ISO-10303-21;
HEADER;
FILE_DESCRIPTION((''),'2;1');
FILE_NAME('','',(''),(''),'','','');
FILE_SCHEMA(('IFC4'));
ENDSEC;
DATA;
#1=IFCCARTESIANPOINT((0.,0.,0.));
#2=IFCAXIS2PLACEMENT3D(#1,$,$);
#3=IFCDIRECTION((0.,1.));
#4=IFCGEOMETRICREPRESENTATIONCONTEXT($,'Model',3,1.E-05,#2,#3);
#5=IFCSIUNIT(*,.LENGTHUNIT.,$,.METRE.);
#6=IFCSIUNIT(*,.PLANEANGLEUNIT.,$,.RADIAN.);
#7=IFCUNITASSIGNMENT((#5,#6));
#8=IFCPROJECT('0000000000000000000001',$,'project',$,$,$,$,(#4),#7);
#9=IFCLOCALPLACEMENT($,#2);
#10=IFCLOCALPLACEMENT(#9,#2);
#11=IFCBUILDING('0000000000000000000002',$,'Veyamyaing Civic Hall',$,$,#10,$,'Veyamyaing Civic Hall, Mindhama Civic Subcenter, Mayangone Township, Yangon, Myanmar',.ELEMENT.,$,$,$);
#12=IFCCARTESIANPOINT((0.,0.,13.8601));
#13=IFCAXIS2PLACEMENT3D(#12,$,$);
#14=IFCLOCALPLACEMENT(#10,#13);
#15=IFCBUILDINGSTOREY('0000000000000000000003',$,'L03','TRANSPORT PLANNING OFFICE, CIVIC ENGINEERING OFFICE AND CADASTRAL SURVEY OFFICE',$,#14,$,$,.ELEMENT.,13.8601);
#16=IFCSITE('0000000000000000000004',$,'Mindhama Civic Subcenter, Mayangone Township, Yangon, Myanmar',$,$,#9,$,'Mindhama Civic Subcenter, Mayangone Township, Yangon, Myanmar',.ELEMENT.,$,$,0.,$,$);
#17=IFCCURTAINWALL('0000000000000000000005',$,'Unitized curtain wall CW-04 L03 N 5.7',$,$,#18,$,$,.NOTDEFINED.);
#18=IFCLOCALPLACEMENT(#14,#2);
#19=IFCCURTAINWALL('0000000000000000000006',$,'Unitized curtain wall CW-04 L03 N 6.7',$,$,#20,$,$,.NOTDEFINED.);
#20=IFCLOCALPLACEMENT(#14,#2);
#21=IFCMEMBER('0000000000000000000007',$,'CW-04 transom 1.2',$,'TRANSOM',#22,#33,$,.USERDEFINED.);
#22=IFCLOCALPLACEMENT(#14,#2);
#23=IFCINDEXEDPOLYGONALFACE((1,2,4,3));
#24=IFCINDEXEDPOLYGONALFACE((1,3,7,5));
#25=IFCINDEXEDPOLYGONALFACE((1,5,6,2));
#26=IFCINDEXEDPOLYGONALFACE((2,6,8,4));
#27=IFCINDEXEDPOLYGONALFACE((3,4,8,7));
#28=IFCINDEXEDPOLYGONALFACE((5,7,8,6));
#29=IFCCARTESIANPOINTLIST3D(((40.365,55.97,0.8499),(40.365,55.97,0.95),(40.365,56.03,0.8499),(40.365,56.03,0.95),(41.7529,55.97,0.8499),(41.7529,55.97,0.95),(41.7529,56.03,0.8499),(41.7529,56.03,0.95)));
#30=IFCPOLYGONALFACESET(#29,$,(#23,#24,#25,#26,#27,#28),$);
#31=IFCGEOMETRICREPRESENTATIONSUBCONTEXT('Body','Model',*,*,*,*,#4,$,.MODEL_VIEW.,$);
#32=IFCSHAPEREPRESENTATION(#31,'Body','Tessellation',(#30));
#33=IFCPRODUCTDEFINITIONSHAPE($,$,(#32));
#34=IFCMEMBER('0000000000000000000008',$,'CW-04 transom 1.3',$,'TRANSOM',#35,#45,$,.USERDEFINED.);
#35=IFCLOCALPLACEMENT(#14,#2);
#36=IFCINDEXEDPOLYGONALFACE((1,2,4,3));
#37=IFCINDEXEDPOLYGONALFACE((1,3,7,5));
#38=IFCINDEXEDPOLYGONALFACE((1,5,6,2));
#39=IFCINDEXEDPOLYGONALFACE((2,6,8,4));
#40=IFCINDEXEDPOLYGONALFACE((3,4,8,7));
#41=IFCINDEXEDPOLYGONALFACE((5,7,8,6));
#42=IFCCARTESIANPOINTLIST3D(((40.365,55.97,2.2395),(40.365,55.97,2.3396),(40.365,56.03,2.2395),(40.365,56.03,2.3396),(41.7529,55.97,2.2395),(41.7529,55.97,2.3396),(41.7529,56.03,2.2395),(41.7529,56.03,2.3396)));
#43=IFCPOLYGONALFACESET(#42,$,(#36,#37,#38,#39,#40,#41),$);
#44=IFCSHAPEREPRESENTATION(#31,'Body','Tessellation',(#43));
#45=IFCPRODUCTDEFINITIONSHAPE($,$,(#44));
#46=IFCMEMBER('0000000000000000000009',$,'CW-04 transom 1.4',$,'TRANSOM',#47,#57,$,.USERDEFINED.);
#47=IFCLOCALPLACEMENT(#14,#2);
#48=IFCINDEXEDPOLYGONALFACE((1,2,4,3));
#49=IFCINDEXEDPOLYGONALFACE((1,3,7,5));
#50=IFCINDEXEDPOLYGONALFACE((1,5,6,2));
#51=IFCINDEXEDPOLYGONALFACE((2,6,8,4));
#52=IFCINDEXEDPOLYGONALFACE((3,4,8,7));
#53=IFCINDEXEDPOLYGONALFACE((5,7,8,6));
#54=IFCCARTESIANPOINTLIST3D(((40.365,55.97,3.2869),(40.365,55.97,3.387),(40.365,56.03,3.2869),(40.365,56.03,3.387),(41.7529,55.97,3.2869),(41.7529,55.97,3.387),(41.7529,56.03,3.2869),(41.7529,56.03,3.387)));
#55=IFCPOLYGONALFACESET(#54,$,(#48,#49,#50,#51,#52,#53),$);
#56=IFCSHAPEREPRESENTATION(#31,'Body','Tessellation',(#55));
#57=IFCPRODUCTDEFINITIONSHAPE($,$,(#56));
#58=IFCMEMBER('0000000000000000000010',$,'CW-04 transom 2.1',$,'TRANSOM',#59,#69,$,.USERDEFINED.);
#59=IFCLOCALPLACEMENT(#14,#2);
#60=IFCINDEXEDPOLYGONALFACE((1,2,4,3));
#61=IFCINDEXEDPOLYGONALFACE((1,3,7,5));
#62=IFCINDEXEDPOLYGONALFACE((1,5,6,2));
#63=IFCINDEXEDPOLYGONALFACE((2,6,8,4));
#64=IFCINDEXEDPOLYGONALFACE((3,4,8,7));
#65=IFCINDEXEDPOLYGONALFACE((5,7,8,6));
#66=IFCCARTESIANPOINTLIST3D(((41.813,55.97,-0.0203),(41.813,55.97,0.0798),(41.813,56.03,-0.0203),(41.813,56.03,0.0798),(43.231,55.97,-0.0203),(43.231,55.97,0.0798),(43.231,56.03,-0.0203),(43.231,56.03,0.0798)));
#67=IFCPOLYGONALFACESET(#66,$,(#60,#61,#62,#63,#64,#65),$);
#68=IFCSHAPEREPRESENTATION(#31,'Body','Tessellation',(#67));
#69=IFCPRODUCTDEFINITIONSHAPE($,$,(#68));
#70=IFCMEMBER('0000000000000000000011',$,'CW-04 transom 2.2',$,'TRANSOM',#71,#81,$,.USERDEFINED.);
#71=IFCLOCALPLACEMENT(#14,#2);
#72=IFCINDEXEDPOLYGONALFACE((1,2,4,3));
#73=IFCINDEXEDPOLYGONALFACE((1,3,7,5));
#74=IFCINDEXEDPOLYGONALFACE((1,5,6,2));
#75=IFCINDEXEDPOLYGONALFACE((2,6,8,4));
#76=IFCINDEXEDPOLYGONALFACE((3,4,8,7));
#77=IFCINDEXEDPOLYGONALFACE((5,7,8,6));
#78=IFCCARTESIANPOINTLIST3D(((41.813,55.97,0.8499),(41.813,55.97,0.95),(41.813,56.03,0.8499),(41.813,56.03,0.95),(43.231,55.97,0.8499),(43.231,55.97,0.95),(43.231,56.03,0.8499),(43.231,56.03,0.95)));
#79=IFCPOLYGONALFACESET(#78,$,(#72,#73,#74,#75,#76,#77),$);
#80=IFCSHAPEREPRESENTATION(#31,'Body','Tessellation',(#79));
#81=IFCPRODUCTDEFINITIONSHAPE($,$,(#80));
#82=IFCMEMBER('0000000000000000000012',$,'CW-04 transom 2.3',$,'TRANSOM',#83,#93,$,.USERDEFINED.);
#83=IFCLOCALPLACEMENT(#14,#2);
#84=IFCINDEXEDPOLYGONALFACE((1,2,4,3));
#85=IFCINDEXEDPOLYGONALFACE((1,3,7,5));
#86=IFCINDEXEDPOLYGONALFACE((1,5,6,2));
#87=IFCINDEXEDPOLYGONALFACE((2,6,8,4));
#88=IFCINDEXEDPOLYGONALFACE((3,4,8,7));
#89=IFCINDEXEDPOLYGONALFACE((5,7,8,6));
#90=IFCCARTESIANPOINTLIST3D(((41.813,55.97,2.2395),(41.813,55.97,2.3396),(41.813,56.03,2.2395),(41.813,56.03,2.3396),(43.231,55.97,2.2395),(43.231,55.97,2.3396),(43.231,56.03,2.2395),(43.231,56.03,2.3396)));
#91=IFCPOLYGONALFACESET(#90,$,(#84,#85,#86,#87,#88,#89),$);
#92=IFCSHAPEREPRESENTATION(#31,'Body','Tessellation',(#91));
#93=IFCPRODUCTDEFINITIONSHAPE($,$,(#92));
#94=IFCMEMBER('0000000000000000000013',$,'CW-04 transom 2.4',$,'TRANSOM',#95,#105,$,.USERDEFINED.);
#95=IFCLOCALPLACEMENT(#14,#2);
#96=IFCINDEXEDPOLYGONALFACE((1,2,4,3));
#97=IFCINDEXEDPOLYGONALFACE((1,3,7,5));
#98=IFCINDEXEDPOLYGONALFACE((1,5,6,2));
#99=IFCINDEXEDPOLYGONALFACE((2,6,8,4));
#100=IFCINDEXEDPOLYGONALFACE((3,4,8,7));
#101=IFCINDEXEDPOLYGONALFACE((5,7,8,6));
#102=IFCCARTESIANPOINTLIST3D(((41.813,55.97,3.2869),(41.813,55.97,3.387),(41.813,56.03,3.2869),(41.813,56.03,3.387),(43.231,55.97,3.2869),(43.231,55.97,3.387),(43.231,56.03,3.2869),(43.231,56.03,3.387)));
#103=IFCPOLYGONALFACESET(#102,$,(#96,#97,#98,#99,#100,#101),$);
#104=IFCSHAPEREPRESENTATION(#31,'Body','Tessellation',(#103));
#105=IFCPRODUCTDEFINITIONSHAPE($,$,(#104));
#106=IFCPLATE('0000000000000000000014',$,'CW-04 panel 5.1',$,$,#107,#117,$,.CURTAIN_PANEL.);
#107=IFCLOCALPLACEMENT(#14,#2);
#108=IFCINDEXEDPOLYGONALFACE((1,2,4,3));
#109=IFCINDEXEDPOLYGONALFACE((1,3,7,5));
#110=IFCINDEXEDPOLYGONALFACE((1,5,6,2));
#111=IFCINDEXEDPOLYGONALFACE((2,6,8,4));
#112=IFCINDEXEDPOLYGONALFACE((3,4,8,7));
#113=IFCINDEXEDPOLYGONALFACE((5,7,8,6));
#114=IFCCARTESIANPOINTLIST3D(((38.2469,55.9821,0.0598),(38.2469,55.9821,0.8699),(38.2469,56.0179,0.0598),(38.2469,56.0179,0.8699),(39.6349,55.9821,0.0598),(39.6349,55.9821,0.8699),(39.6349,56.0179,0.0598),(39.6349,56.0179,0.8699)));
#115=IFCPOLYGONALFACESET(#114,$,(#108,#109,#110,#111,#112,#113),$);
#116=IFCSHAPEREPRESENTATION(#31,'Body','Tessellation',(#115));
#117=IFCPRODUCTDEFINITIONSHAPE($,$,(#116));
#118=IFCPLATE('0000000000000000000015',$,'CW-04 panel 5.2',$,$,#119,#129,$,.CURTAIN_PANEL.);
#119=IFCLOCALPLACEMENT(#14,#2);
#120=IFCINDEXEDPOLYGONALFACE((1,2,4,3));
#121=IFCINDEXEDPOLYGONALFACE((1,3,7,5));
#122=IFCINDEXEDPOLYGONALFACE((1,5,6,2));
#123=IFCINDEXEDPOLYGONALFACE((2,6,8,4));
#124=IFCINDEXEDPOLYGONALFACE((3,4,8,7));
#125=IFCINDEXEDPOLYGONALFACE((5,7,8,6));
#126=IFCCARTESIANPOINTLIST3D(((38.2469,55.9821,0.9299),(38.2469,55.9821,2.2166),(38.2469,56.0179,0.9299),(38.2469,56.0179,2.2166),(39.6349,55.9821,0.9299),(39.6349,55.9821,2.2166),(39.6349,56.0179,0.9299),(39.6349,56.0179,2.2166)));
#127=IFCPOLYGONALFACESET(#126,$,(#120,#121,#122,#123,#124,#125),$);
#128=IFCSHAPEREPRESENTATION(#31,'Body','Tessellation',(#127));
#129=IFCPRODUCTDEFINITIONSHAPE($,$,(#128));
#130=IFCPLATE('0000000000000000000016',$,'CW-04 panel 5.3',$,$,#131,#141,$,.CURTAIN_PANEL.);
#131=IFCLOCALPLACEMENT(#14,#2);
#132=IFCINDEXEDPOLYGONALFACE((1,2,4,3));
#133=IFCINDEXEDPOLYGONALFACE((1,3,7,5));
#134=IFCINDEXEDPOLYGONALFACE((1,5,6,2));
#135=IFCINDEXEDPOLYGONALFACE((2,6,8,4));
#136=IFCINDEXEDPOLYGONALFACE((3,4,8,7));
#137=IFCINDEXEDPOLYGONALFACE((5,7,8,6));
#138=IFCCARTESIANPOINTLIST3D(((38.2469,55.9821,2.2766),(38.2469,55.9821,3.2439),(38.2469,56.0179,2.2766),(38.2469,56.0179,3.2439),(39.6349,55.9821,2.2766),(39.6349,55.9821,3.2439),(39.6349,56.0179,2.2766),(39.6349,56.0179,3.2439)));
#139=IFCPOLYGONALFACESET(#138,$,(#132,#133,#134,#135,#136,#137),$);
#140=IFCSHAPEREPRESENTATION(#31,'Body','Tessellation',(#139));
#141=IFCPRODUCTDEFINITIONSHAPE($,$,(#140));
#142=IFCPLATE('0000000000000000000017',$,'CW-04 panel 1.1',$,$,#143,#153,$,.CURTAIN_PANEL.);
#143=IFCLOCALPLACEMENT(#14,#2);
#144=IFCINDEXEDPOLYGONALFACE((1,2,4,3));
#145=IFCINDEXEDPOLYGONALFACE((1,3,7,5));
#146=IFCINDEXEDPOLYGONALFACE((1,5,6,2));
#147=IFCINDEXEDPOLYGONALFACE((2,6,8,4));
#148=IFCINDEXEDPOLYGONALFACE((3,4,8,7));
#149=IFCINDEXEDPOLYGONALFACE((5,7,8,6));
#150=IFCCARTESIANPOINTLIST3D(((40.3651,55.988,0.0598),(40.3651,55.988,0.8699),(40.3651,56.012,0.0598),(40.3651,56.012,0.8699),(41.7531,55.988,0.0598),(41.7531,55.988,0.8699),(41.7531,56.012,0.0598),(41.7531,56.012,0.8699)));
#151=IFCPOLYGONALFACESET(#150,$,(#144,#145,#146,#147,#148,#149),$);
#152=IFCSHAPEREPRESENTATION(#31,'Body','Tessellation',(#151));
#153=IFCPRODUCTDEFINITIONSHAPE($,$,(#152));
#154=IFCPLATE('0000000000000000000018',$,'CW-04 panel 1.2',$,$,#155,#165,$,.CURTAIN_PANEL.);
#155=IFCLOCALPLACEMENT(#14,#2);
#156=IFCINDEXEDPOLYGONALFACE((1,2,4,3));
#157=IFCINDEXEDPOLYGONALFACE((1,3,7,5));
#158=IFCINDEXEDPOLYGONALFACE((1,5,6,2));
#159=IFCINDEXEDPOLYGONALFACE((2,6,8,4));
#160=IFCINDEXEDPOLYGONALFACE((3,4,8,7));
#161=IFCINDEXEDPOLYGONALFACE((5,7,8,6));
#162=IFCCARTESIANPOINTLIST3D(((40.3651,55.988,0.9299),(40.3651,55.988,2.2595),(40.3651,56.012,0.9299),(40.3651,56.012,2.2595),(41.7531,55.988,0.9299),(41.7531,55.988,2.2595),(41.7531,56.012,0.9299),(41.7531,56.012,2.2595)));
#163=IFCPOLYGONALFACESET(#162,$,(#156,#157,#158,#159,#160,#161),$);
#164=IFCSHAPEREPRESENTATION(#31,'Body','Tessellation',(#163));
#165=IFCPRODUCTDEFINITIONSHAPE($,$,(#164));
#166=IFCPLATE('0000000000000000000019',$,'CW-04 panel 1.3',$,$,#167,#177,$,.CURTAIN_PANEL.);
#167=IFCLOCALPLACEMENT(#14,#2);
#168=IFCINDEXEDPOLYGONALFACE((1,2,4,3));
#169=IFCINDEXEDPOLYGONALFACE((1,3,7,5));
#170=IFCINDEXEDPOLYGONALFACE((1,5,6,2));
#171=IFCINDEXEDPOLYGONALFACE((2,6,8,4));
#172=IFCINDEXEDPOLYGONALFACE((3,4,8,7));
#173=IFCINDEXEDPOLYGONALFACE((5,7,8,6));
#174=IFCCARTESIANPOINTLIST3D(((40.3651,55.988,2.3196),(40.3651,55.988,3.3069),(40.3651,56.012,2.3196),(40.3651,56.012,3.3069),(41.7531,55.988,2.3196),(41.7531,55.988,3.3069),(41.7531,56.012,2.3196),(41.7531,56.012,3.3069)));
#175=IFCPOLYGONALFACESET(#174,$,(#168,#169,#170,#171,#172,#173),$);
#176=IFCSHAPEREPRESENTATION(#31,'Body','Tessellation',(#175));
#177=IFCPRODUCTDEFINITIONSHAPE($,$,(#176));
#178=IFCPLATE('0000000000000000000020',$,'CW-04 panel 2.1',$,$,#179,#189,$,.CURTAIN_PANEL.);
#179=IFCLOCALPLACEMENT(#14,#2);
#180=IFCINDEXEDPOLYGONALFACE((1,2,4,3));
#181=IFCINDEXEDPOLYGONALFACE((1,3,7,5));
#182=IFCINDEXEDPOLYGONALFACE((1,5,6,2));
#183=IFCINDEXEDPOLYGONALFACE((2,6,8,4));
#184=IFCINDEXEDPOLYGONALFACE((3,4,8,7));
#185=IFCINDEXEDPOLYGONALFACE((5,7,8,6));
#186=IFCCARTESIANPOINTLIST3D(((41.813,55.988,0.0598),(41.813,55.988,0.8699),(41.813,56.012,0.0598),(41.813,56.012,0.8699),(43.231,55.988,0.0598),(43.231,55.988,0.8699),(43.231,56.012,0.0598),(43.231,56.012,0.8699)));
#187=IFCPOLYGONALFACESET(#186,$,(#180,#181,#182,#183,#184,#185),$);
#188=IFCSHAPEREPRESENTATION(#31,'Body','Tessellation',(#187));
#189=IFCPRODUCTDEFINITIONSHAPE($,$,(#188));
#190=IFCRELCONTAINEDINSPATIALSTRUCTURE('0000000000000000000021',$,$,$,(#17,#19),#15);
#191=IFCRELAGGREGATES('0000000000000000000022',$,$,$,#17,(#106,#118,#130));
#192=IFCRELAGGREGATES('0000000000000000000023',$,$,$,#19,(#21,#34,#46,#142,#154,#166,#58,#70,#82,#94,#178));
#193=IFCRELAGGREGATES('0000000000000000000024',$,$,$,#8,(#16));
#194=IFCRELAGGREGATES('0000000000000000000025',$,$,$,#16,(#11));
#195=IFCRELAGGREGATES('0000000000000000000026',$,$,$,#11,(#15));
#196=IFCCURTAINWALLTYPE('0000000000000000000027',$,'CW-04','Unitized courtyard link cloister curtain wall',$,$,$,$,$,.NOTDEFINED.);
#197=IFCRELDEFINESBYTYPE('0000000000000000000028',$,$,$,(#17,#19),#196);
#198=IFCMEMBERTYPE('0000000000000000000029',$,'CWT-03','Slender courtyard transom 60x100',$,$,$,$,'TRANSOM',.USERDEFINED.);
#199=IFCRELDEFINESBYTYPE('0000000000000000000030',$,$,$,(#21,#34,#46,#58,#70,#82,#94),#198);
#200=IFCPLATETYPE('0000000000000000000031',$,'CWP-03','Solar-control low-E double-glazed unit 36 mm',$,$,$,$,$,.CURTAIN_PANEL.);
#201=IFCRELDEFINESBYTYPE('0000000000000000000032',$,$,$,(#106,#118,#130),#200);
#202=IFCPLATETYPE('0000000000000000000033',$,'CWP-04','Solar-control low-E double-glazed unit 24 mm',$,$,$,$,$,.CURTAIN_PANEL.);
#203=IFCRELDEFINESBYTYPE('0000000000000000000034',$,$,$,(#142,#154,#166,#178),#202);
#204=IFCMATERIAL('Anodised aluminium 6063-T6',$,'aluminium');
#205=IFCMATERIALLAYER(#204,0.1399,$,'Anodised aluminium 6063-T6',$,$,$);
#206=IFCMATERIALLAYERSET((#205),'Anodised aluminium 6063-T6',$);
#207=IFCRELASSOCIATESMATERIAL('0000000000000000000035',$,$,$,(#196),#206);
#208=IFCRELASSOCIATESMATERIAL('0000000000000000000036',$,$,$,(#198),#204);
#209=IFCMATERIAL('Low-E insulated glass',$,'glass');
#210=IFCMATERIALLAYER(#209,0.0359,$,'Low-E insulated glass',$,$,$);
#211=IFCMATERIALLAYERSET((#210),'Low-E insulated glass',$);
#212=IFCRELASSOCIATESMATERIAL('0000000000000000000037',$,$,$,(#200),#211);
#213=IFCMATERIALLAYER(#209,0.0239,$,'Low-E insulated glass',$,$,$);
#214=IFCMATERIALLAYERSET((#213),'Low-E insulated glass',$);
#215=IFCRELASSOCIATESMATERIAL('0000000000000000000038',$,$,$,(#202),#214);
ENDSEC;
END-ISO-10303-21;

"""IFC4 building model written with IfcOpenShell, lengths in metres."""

from ifc_helpers import new_model, si_unit, direction, frame, origin, origin_2d, place, context, subcontext, project, spatial, rectangle, extrude, material, layer, layer_set, material_profile, profile_set, type_object, element, aggregate, save


model = new_model("IFC4")

# Units and contexts
model_context = context("Model", 3, precision=1e-05, world=origin(), true_north=direction((0.0, 1.0)))
body_context = subcontext(model_context, "Body", "Model", "MODEL_VIEW")
ifc_project = project(units=[si_unit("LENGTHUNIT", "METRE"), si_unit("PLANEANGLEUNIT", "RADIAN")], contexts=[model_context])

# Site, building, storey
site_placement = place(None, origin())
site = spatial("IfcSite", under=ifc_project, at=site_placement, Name="Mindhama Civic Subcenter, Mayangone Township, Yangon, Myanmar", LongName="Mindhama Civic Subcenter, Mayangone Township, Yangon, Myanmar", CompositionType="ELEMENT", RefElevation=0.0)
building_placement = place(site_placement, origin())
building = spatial("IfcBuilding", under=site, at=building_placement, Name="Veyamyaing Civic Hall", LongName="Veyamyaing Civic Hall, Mindhama Civic Subcenter, Mayangone Township, Yangon, Myanmar", CompositionType="ELEMENT")
storey_placement = place(building_placement, frame((0.0, 0.0, 13.8601)))
storey = spatial("IfcBuildingStorey", under=building, at=storey_placement, Name="L03", Description="TRANSPORT PLANNING OFFICE, CIVIC ENGINEERING OFFICE AND CADASTRAL SURVEY OFFICE", CompositionType="ELEMENT", Elevation=13.8601)

# Curtain walls
ifc_material_1 = material(Name="Anodised aluminium 6063-T6", Category="aluminium")
ifc_layer_1 = layer(ifc_material_1, 0.1399, Name="Anodised aluminium 6063-T6")
ifc_layer_set_1 = layer_set([ifc_layer_1], Name="Anodised aluminium 6063-T6")
curtain_wall_type = type_object("IfcCurtainWallType", Name="CW-04", Description="Unitized courtyard link cloister curtain wall", PredefinedType="NOTDEFINED", material=ifc_layer_set_1)
curtain_wall_1_placement = place(storey_placement, origin())
curtain_wall_1 = element("IfcCurtainWall", 1, at=curtain_wall_1_placement, inside=storey, type_object=curtain_wall_type, Name="Unitized curtain wall CW-04 L03 N 5.7", PredefinedType="NOTDEFINED")
curtain_wall_2_placement = place(storey_placement, origin())
curtain_wall_2 = element("IfcCurtainWall", 2, at=curtain_wall_2_placement, inside=storey, type_object=curtain_wall_type, Name="Unitized curtain wall CW-04 L03 N 6.7", PredefinedType="NOTDEFINED")

# Members
ifc_material_profile_1 = material_profile(ifc_material_1, rectangle(XDim=0.0601, YDim=0.1001, at=origin_2d()), Name="ALU-TRN-60X100")
ifc_profile_set_1 = profile_set([ifc_material_profile_1], Name="Anodised aluminium 6063-T6")
member_type_1 = type_object("IfcMemberType", Name="CWT-03", Description="Slender courtyard transom 60x100", ElementType="TRANSOM", PredefinedType="USERDEFINED", material=ifc_profile_set_1)
member_1_placement = place(storey_placement, frame((40.365, 56.0, 0.8999), z_axis=(1.0, 0.0, 0.0), x_axis=(0.0, 1.0, 0.0)))
member_1 = element("IfcMember", 3, at=member_1_placement, type_object=member_type_1, Name="CW-04 transom 1.2", ObjectType="TRANSOM", PredefinedType="USERDEFINED", context=body_context, shape_type="SweptSolid", body=[
    extrude(rectangle(XDim=0.0601, YDim=0.1001, at=origin_2d()), origin(), (0.0, 0.0, 1.0), 1.3879),
])
member_2_placement = place(storey_placement, frame((40.365, 56.0, 2.2896), z_axis=(1.0, 0.0, 0.0), x_axis=(0.0, 1.0, 0.0)))
member_2 = element("IfcMember", 4, at=member_2_placement, type_object=member_type_1, Name="CW-04 transom 1.3", ObjectType="TRANSOM", PredefinedType="USERDEFINED", context=body_context, shape_type="SweptSolid", body=[
    extrude(rectangle(XDim=0.0601, YDim=0.1001, at=origin_2d()), origin(), (0.0, 0.0, 1.0), 1.3879),
])
member_3_placement = place(storey_placement, frame((40.365, 56.0, 3.3369), z_axis=(1.0, 0.0, 0.0), x_axis=(0.0, 1.0, 0.0)))
member_3 = element("IfcMember", 5, at=member_3_placement, type_object=member_type_1, Name="CW-04 transom 1.4", ObjectType="TRANSOM", PredefinedType="USERDEFINED", context=body_context, shape_type="SweptSolid", body=[
    extrude(rectangle(XDim=0.0601, YDim=0.1001, at=origin_2d()), origin(), (0.0, 0.0, 1.0), 1.3879),
])
member_4_placement = place(storey_placement, frame((41.813, 56.0, 0.0298), z_axis=(1.0, 0.0, 0.0), x_axis=(0.0, 1.0, 0.0)))
member_4 = element("IfcMember", 6, at=member_4_placement, type_object=member_type_1, Name="CW-04 transom 2.1", ObjectType="TRANSOM", PredefinedType="USERDEFINED", context=body_context, shape_type="SweptSolid", body=[
    extrude(rectangle(XDim=0.0601, YDim=0.1001, at=origin_2d()), origin(), (0.0, 0.0, 1.0), 1.418),
])
member_5_placement = place(storey_placement, frame((41.813, 56.0, 0.8999), z_axis=(1.0, 0.0, 0.0), x_axis=(0.0, 1.0, 0.0)))
member_5 = element("IfcMember", 7, at=member_5_placement, type_object=member_type_1, Name="CW-04 transom 2.2", ObjectType="TRANSOM", PredefinedType="USERDEFINED", context=body_context, shape_type="SweptSolid", body=[
    extrude(rectangle(XDim=0.0601, YDim=0.1001, at=origin_2d()), origin(), (0.0, 0.0, 1.0), 1.418),
])
member_6_placement = place(storey_placement, frame((41.813, 56.0, 2.2896), z_axis=(1.0, 0.0, 0.0), x_axis=(0.0, 1.0, 0.0)))
member_6 = element("IfcMember", 8, at=member_6_placement, type_object=member_type_1, Name="CW-04 transom 2.3", ObjectType="TRANSOM", PredefinedType="USERDEFINED", context=body_context, shape_type="SweptSolid", body=[
    extrude(rectangle(XDim=0.0601, YDim=0.1001, at=origin_2d()), origin(), (0.0, 0.0, 1.0), 1.418),
])
member_7_placement = place(storey_placement, frame((41.813, 56.0, 3.3369), z_axis=(1.0, 0.0, 0.0), x_axis=(0.0, 1.0, 0.0)))
member_7 = element("IfcMember", 9, at=member_7_placement, type_object=member_type_1, Name="CW-04 transom 2.4", ObjectType="TRANSOM", PredefinedType="USERDEFINED", context=body_context, shape_type="SweptSolid", body=[
    extrude(rectangle(XDim=0.0601, YDim=0.1001, at=origin_2d()), origin(), (0.0, 0.0, 1.0), 1.418),
])

# Plates
ifc_material_2 = material(Name="Low-E insulated glass", Category="glass")
ifc_layer_2 = layer(ifc_material_2, 0.0359, Name="Low-E insulated glass")
ifc_layer_set_2 = layer_set([ifc_layer_2], Name="Low-E insulated glass")
plate_type_1 = type_object("IfcPlateType", Name="CWP-03", Description="Solar-control low-E double-glazed unit 36 mm", PredefinedType="CURTAIN_PANEL", material=ifc_layer_set_2)
plate_1_placement = place(storey_placement, frame((38.9409, 56.0, 0.0598), z_axis=(0.0, 0.0, 1.0), x_axis=(1.0, 0.0, 0.0)))
plate_1 = element("IfcPlate", 10, at=plate_1_placement, type_object=plate_type_1, Name="CW-04 panel 5.1", PredefinedType="CURTAIN_PANEL", context=body_context, shape_type="SweptSolid", body=[
    extrude(rectangle(XDim=1.3879, YDim=0.0359, at=origin_2d()), origin(), (0.0, 0.0, 1.0), 0.8101),
])
plate_2_placement = place(storey_placement, frame((38.9409, 56.0, 0.9299), z_axis=(0.0, 0.0, 1.0), x_axis=(1.0, 0.0, 0.0)))
plate_2 = element("IfcPlate", 11, at=plate_2_placement, type_object=plate_type_1, Name="CW-04 panel 5.2", PredefinedType="CURTAIN_PANEL", context=body_context, shape_type="SweptSolid", body=[
    extrude(rectangle(XDim=1.3879, YDim=0.0359, at=origin_2d()), origin(), (0.0, 0.0, 1.0), 1.2866),
])
plate_3_placement = place(storey_placement, frame((38.9409, 56.0, 2.2766), z_axis=(0.0, 0.0, 1.0), x_axis=(1.0, 0.0, 0.0)))
plate_3 = element("IfcPlate", 12, at=plate_3_placement, type_object=plate_type_1, Name="CW-04 panel 5.3", PredefinedType="CURTAIN_PANEL", context=body_context, shape_type="SweptSolid", body=[
    extrude(rectangle(XDim=1.3879, YDim=0.0359, at=origin_2d()), origin(), (0.0, 0.0, 1.0), 0.9673),
])
aggregate(curtain_wall_1, [plate_1, plate_2, plate_3])
ifc_layer_3 = layer(ifc_material_2, 0.0239, Name="Low-E insulated glass")
ifc_layer_set_3 = layer_set([ifc_layer_3], Name="Low-E insulated glass")
plate_type_2 = type_object("IfcPlateType", Name="CWP-04", Description="Solar-control low-E double-glazed unit 24 mm", PredefinedType="CURTAIN_PANEL", material=ifc_layer_set_3)
plate_4_placement = place(storey_placement, frame((41.0591, 56.0, 0.0598), z_axis=(0.0, 0.0, 1.0), x_axis=(1.0, 0.0, 0.0)))
plate_4 = element("IfcPlate", 13, at=plate_4_placement, type_object=plate_type_2, Name="CW-04 panel 1.1", PredefinedType="CURTAIN_PANEL", context=body_context, shape_type="SweptSolid", body=[
    extrude(rectangle(XDim=1.3879, YDim=0.0239, at=origin_2d()), origin(), (0.0, 0.0, 1.0), 0.8101),
])
plate_5_placement = place(storey_placement, frame((41.0591, 56.0, 0.9299), z_axis=(0.0, 0.0, 1.0), x_axis=(1.0, 0.0, 0.0)))
plate_5 = element("IfcPlate", 14, at=plate_5_placement, type_object=plate_type_2, Name="CW-04 panel 1.2", PredefinedType="CURTAIN_PANEL", context=body_context, shape_type="SweptSolid", body=[
    extrude(rectangle(XDim=1.3879, YDim=0.0239, at=origin_2d()), origin(), (0.0, 0.0, 1.0), 1.3296),
])
plate_6_placement = place(storey_placement, frame((41.0591, 56.0, 2.3196), z_axis=(0.0, 0.0, 1.0), x_axis=(1.0, 0.0, 0.0)))
plate_6 = element("IfcPlate", 15, at=plate_6_placement, type_object=plate_type_2, Name="CW-04 panel 1.3", PredefinedType="CURTAIN_PANEL", context=body_context, shape_type="SweptSolid", body=[
    extrude(rectangle(XDim=1.3879, YDim=0.0239, at=origin_2d()), origin(), (0.0, 0.0, 1.0), 0.9873),
])
plate_7_placement = place(storey_placement, frame((42.522, 56.0, 0.0598), z_axis=(0.0, 0.0, 1.0), x_axis=(1.0, 0.0, 0.0)))
plate_7 = element("IfcPlate", 16, at=plate_7_placement, type_object=plate_type_2, Name="CW-04 panel 2.1", PredefinedType="CURTAIN_PANEL", context=body_context, shape_type="SweptSolid", body=[
    extrude(rectangle(XDim=1.418, YDim=0.0239, at=origin_2d()), origin(), (0.0, 0.0, 1.0), 0.8101),
])
aggregate(curtain_wall_2, [member_1, member_2, member_3, plate_4, plate_5, plate_6, member_4, member_5, member_6, member_7, plate_7])

save(model, "model.ifc")
